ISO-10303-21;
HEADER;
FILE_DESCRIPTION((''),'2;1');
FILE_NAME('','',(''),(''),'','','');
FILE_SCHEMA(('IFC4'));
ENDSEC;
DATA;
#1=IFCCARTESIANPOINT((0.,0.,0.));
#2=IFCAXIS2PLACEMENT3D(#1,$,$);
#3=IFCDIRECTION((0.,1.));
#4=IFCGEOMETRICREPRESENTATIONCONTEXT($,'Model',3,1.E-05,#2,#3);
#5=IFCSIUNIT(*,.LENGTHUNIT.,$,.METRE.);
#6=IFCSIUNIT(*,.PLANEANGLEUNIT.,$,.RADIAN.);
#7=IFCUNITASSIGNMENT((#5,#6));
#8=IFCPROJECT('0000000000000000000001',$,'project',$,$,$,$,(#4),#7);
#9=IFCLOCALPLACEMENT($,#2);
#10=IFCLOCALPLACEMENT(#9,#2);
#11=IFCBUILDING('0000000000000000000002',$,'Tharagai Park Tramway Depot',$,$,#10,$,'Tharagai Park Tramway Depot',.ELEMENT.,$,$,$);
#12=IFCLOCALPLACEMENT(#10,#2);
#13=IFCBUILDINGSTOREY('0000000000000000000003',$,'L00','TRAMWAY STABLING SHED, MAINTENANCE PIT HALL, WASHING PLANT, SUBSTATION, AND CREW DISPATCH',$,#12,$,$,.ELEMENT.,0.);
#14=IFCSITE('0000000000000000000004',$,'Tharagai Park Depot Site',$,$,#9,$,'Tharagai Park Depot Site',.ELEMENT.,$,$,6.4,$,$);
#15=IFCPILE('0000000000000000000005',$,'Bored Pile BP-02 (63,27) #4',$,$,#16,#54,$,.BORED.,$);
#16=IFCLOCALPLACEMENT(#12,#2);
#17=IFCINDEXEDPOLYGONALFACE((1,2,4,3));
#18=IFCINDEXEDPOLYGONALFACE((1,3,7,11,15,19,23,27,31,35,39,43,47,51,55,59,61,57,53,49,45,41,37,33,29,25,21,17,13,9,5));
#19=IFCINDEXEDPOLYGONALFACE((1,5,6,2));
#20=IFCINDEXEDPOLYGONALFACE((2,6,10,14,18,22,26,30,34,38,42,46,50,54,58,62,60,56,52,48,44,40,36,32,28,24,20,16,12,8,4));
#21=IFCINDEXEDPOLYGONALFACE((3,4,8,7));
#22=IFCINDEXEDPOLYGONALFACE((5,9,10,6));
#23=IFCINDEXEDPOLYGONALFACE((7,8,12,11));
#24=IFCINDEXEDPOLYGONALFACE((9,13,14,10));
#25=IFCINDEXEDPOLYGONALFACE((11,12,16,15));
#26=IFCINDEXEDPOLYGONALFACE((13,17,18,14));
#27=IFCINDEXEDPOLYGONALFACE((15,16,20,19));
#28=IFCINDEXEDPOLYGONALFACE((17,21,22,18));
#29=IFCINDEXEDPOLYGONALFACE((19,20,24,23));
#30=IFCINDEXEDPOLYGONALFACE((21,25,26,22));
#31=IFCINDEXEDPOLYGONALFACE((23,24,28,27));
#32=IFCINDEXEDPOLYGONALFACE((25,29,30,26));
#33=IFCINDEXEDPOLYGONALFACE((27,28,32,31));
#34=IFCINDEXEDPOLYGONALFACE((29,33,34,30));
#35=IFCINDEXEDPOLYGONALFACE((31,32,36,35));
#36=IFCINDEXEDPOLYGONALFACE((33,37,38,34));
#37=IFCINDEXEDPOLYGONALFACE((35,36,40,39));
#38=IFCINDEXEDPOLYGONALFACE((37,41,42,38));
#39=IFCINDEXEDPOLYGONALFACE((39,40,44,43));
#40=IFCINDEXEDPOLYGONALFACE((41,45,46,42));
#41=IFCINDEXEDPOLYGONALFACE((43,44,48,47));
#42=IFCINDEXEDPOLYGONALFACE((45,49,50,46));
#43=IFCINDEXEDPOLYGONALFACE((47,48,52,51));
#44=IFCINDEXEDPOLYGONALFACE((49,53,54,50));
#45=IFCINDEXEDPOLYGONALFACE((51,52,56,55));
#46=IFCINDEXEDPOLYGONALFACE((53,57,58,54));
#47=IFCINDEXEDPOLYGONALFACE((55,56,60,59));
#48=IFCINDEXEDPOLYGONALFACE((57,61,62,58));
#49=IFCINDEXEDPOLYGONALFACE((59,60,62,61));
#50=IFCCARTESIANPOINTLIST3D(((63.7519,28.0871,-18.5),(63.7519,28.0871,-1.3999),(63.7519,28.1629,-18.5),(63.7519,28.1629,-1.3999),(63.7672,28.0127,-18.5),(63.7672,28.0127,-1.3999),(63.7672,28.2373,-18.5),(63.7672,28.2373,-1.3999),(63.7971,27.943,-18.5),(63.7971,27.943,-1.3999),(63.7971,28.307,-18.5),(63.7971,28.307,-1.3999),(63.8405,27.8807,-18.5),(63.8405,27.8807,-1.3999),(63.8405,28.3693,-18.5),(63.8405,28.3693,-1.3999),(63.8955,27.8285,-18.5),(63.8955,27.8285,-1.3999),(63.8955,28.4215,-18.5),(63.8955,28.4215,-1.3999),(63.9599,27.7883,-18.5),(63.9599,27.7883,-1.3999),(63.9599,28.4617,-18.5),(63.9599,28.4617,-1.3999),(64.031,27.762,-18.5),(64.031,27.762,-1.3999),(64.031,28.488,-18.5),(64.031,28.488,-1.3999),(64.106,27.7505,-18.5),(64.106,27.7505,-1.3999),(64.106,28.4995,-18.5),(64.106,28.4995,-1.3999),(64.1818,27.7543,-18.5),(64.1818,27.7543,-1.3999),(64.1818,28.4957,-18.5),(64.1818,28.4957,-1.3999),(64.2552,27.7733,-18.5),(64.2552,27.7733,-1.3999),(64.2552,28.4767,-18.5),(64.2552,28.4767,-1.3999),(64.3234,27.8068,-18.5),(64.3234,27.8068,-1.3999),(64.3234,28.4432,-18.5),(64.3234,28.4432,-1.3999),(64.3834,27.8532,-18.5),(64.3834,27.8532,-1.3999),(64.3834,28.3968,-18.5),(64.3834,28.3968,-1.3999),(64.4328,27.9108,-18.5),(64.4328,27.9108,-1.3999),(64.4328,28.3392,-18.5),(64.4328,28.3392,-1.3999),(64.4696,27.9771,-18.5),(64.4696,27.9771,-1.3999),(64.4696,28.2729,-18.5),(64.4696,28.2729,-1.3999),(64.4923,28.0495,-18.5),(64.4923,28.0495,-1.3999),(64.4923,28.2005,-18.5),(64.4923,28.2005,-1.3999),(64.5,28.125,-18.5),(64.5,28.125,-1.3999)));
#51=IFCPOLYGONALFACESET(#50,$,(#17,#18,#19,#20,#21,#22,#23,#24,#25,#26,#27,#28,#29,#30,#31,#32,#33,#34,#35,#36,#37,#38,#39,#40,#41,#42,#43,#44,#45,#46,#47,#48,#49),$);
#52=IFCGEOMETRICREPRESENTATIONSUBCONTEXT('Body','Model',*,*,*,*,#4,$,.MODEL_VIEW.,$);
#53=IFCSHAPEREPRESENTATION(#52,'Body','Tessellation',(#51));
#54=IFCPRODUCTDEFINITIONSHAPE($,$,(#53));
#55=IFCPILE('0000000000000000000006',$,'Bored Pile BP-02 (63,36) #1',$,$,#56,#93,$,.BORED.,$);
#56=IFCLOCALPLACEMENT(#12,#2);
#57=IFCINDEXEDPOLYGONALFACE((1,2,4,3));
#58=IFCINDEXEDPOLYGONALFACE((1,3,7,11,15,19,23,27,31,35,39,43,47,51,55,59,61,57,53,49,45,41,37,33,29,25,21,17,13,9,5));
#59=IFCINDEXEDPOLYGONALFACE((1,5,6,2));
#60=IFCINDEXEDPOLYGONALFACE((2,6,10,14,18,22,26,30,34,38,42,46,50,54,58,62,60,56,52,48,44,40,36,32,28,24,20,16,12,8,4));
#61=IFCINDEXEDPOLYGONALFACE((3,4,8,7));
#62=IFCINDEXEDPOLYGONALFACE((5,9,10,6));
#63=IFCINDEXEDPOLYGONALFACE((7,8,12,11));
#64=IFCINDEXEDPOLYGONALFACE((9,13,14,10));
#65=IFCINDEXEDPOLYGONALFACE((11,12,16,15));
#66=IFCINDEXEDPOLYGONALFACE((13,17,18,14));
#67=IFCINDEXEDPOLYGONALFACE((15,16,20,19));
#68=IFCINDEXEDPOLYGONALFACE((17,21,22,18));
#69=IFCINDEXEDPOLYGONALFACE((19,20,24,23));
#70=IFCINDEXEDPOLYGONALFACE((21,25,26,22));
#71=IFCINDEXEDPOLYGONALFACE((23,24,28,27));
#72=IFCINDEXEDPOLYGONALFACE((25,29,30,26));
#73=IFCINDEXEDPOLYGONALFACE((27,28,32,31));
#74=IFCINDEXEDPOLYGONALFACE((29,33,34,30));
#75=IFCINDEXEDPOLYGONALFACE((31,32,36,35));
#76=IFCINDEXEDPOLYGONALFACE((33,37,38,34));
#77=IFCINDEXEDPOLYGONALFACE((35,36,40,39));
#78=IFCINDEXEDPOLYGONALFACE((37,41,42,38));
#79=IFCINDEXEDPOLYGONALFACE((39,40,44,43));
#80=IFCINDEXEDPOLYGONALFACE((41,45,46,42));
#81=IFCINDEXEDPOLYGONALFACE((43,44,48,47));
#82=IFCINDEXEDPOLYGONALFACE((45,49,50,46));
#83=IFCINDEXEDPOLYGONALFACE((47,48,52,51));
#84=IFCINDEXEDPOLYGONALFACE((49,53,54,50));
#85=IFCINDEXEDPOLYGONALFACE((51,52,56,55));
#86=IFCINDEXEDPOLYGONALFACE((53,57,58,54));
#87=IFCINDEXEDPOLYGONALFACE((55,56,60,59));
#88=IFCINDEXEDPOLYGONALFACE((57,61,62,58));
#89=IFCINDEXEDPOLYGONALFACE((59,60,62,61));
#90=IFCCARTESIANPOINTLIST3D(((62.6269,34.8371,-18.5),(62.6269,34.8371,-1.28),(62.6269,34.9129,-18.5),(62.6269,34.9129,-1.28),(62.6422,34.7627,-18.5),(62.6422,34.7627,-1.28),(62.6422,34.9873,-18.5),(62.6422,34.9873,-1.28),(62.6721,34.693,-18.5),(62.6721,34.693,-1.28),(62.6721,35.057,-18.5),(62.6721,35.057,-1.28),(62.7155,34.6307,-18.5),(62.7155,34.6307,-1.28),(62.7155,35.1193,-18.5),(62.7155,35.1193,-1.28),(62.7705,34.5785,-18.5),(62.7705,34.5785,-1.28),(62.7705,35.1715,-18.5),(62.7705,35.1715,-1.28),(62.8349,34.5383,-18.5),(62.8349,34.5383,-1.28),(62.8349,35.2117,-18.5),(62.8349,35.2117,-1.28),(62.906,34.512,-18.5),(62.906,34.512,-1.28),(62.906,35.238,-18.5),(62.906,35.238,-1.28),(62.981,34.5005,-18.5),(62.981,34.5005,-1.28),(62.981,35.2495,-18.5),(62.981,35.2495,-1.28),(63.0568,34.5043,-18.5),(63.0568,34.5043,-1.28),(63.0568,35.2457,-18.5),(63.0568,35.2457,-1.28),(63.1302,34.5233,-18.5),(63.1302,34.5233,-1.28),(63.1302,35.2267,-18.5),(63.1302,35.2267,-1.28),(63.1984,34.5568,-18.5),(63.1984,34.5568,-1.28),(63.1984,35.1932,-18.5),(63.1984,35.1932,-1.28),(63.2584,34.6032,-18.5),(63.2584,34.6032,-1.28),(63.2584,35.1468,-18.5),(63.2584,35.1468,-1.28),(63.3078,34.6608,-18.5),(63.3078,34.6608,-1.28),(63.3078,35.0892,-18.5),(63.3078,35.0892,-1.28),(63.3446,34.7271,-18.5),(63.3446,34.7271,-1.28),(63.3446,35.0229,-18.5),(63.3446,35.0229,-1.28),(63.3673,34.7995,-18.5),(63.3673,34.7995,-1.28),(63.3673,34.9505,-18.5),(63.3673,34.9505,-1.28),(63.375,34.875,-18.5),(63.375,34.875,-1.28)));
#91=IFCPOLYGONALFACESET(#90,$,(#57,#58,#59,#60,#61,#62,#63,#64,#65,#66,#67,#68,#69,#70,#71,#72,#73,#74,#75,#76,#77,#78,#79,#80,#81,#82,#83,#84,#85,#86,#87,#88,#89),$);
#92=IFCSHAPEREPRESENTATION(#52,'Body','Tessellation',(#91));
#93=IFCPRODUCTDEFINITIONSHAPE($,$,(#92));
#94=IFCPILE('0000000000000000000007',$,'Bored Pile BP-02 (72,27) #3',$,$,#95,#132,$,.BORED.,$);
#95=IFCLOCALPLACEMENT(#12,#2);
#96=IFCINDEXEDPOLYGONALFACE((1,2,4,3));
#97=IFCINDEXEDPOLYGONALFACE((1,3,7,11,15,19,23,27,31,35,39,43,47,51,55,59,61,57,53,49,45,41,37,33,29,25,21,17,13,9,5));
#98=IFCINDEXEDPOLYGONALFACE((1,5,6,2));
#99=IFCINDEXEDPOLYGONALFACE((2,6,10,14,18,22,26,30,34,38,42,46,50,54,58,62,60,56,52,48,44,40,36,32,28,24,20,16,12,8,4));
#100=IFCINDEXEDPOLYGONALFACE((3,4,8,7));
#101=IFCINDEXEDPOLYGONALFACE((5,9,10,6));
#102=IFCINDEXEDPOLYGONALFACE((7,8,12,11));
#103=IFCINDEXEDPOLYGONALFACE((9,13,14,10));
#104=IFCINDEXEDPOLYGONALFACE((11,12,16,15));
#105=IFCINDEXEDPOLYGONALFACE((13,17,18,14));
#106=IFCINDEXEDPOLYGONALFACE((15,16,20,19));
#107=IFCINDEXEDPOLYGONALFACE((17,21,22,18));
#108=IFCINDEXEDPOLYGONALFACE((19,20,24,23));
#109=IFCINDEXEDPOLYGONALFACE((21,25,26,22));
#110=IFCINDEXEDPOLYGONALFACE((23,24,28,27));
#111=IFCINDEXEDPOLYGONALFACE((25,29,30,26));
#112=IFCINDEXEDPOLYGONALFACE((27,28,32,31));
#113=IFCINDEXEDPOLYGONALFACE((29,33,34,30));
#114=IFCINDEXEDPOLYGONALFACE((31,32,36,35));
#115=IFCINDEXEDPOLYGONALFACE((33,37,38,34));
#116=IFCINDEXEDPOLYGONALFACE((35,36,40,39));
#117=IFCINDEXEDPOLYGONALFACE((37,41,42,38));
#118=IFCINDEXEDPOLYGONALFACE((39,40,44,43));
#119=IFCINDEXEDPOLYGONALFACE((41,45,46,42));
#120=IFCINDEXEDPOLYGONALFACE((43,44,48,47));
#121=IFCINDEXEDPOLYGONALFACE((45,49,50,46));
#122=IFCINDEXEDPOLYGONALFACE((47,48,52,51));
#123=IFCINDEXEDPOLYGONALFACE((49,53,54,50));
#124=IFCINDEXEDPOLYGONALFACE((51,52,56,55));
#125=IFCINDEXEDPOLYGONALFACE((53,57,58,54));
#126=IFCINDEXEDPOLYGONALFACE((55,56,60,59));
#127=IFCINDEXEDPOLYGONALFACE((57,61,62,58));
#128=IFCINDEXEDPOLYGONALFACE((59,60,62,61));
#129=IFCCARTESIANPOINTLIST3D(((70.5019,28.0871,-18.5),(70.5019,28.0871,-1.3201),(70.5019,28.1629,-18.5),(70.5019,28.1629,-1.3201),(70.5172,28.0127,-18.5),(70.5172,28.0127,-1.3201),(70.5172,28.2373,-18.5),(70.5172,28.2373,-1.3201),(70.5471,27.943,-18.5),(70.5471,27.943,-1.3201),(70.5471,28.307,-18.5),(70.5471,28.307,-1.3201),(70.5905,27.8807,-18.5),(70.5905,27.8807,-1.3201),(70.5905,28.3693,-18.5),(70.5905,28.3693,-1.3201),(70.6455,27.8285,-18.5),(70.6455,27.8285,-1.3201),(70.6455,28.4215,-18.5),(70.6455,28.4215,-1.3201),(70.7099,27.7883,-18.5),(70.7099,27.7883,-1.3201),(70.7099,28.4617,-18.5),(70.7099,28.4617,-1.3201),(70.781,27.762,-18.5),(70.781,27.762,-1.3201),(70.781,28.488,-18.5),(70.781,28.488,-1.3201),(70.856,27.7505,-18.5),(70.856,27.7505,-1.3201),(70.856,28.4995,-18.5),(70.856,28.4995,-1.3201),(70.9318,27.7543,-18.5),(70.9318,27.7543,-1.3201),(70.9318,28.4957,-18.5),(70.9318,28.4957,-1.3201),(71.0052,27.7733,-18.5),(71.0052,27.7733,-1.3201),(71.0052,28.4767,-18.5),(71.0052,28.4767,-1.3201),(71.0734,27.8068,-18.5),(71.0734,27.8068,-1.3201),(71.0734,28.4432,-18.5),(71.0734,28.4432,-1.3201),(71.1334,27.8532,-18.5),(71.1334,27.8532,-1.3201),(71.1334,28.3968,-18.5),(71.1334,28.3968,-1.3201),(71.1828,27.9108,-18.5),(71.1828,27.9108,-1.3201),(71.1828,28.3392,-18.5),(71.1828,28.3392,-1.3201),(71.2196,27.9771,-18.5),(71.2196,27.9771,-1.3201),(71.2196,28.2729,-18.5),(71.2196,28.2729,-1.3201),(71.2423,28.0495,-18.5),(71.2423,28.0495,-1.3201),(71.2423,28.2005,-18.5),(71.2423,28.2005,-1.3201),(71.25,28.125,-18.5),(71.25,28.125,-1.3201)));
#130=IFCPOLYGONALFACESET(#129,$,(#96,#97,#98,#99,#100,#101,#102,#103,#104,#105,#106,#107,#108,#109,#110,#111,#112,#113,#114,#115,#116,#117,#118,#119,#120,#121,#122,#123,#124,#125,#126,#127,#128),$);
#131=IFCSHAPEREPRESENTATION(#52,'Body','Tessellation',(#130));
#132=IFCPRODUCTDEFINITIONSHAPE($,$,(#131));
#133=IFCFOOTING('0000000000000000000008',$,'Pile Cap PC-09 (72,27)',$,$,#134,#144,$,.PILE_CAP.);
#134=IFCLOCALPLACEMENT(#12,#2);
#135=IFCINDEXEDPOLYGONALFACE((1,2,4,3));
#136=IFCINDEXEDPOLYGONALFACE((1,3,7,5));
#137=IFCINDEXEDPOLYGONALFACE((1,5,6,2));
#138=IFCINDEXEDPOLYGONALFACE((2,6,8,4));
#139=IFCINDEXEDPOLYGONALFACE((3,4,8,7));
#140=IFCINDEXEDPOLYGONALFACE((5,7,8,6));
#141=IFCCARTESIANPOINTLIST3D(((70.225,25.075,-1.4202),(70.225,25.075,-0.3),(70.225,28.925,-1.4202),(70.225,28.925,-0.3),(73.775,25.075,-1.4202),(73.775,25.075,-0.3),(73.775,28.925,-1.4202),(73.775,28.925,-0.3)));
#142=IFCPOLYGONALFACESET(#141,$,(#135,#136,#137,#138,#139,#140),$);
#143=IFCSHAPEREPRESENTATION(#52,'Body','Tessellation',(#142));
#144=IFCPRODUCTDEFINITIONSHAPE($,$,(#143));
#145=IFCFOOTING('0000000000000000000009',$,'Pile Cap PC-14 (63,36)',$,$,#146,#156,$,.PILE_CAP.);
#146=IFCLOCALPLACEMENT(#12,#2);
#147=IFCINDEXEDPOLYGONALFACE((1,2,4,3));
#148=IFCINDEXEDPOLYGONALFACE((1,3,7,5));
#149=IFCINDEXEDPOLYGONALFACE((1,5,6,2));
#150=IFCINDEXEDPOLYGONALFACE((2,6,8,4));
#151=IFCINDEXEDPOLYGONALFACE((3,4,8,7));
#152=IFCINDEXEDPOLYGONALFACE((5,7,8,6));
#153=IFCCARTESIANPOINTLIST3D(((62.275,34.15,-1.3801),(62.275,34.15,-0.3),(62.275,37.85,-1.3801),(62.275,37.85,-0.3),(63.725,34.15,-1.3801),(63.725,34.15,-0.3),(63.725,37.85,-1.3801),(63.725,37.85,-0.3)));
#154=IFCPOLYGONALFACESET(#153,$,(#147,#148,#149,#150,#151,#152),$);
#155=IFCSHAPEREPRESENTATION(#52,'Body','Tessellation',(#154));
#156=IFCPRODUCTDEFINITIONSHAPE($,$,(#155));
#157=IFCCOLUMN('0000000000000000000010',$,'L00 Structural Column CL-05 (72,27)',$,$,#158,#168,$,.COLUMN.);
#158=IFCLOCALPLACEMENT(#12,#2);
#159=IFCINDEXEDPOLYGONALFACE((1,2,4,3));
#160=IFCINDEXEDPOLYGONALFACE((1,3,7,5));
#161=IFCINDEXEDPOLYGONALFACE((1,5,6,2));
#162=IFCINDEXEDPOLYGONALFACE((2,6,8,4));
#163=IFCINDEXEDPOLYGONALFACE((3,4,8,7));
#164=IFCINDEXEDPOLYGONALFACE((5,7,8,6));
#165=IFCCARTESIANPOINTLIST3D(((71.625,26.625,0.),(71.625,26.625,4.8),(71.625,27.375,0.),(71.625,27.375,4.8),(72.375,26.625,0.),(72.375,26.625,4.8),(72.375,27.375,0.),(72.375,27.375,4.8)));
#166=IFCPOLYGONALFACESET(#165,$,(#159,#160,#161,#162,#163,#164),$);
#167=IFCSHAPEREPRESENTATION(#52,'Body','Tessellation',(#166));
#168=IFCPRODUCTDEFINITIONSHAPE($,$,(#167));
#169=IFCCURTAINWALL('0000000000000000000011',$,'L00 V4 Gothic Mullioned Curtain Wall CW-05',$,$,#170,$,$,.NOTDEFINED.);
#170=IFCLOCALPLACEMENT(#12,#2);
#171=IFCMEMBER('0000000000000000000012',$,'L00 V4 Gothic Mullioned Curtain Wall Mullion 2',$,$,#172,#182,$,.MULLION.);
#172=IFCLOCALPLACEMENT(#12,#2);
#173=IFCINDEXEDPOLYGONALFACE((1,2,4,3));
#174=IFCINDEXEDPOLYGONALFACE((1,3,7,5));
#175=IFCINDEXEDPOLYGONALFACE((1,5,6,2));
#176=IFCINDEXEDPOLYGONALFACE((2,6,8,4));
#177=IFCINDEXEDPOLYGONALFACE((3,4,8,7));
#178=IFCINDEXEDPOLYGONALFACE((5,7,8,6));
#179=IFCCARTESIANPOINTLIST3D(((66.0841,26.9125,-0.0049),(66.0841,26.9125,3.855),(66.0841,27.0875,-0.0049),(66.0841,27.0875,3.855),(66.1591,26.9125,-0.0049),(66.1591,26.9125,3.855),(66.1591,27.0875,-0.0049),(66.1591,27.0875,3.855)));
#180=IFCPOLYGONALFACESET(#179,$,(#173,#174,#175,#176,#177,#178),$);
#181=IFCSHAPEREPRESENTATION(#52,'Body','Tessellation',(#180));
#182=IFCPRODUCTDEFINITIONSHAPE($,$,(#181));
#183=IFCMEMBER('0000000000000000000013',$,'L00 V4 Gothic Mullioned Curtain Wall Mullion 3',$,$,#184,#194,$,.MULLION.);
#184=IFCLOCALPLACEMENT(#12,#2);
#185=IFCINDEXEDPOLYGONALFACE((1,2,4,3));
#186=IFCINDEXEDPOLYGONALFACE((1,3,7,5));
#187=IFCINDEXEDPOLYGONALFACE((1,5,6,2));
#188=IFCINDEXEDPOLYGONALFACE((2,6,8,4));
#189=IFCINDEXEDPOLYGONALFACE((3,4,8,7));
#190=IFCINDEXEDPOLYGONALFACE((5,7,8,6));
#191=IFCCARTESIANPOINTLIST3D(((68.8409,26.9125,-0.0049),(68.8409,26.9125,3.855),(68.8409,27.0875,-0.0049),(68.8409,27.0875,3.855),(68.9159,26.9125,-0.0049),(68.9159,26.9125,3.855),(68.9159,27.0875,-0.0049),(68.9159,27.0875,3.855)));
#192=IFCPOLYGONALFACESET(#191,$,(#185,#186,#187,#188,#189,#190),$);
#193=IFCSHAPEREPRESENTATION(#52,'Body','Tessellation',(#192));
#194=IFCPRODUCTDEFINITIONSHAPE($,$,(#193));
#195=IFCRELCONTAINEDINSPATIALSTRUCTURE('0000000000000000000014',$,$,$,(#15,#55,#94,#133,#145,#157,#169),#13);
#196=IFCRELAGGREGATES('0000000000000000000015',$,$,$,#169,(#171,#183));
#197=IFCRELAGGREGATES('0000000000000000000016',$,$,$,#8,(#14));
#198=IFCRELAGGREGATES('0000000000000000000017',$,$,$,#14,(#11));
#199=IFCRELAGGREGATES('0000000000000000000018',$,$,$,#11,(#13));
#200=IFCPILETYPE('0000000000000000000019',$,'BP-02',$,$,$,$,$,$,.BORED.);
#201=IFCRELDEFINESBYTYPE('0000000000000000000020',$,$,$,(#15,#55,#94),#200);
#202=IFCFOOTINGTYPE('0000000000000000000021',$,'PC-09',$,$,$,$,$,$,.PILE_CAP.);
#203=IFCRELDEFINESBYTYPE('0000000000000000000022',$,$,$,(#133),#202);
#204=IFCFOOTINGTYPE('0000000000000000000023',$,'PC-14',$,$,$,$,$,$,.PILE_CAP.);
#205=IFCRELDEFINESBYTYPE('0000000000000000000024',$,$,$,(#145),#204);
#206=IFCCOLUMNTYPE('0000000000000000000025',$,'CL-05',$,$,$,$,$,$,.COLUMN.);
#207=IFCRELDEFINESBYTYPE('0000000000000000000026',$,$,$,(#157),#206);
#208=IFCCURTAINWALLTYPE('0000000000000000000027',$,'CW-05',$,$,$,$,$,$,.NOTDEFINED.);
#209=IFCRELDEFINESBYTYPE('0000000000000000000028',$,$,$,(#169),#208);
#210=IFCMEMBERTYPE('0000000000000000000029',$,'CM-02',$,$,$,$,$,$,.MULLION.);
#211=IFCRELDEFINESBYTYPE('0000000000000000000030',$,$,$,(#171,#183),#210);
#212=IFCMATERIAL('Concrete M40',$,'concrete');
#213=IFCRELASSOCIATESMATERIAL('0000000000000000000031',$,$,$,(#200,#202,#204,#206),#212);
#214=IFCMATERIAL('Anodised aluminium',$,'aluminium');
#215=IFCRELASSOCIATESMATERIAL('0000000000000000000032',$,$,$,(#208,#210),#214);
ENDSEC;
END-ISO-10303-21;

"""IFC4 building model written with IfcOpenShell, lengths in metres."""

from ifc_helpers import new_model, si_unit, direction, frame, origin, origin_2d, place, context, subcontext, project, spatial, rectangle, circle, extrude, material, material_profile, profile_set, type_object, element, aggregate, save


model = new_model("IFC4")

# Units and contexts
model_context = context("Model", 3, precision=1e-05, world=origin(), true_north=direction((0.0, 1.0)))
body_context = subcontext(model_context, "Body", "Model", "MODEL_VIEW")
ifc_project = project(units=[si_unit("LENGTHUNIT", "METRE"), si_unit("PLANEANGLEUNIT", "RADIAN")], contexts=[model_context])

# Site, building, storey
site_placement = place(None, origin())
site = spatial("IfcSite", under=ifc_project, at=site_placement, Name="Tharagai Park Depot Site", LongName="Tharagai Park Depot Site", CompositionType="ELEMENT", RefElevation=6.4)
building_placement = place(site_placement, origin())
building = spatial("IfcBuilding", under=site, at=building_placement, Name="Tharagai Park Tramway Depot", LongName="Tharagai Park Tramway Depot", CompositionType="ELEMENT")
storey_placement = place(building_placement, origin())
storey = spatial("IfcBuildingStorey", under=building, at=storey_placement, Name="L00", Description="TRAMWAY STABLING SHED, MAINTENANCE PIT HALL, WASHING PLANT, SUBSTATION, AND CREW DISPATCH", CompositionType="ELEMENT", Elevation=0.0)

# Piles
ifc_material_1 = material(Name="Concrete M40", Category="concrete")
ifc_material_profile_1 = material_profile(ifc_material_1, circle(Radius=0.375, at=origin_2d()), Name="PILE D750")
ifc_profile_set_1 = profile_set([ifc_material_profile_1], Name="Concrete M40")
pile_type = type_object("IfcPileType", Name="BP-02", PredefinedType="BORED", material=ifc_profile_set_1)
pile_1_placement = place(storey_placement, frame((64.125, 28.125, -1.3999), z_axis=(0.0, 0.0, -1.0), x_axis=(1.0, 0.0, 0.0)))
element("IfcPile", 1, at=pile_1_placement, inside=storey, type_object=pile_type, Name="Bored Pile BP-02 (63,27) #4", PredefinedType="BORED", context=body_context, shape_type="SweptSolid", body=[
    extrude(circle(Radius=0.375, at=origin_2d()), origin(), (0.0, 0.0, 1.0), 17.1001),
])
pile_2_placement = place(storey_placement, frame((63.0, 34.875, -1.28), z_axis=(0.0, 0.0, -1.0), x_axis=(1.0, 0.0, 0.0)))
element("IfcPile", 2, at=pile_2_placement, inside=storey, type_object=pile_type, Name="Bored Pile BP-02 (63,36) #1", PredefinedType="BORED", context=body_context, shape_type="SweptSolid", body=[
    extrude(circle(Radius=0.375, at=origin_2d()), origin(), (0.0, 0.0, 1.0), 17.22),
])
pile_3_placement = place(storey_placement, frame((70.875, 28.125, -1.3201), z_axis=(0.0, 0.0, -1.0), x_axis=(1.0, 0.0, 0.0)))
element("IfcPile", 3, at=pile_3_placement, inside=storey, type_object=pile_type, Name="Bored Pile BP-02 (72,27) #3", PredefinedType="BORED", context=body_context, shape_type="SweptSolid", body=[
    extrude(circle(Radius=0.375, at=origin_2d()), origin(), (0.0, 0.0, 1.0), 17.1799),
])

# Footings
footing_type_1 = type_object("IfcFootingType", Name="PC-09", PredefinedType="PILE_CAP", material=ifc_material_1)
footing_1_placement = place(storey_placement, frame((72.0, 27.0, -1.4202), z_axis=(0.0, 0.0, 1.0), x_axis=(1.0, 0.0, 0.0)))
element("IfcFooting", 4, at=footing_1_placement, inside=storey, type_object=footing_type_1, Name="Pile Cap PC-09 (72,27)", PredefinedType="PILE_CAP", context=body_context, shape_type="SweptSolid", body=[
    extrude(rectangle(XDim=3.55, YDim=3.8501, at=origin_2d()), origin(), (0.0, 0.0, 1.0), 1.1201),
])
footing_type_2 = type_object("IfcFootingType", Name="PC-14", PredefinedType="PILE_CAP", material=ifc_material_1)
footing_2_placement = place(storey_placement, frame((63.0, 36.0, -1.3801), z_axis=(0.0, 0.0, 1.0), x_axis=(1.0, 0.0, 0.0)))
element("IfcFooting", 5, at=footing_2_placement, inside=storey, type_object=footing_type_2, Name="Pile Cap PC-14 (63,36)", PredefinedType="PILE_CAP", context=body_context, shape_type="SweptSolid", body=[
    extrude(rectangle(XDim=1.45, YDim=3.7, at=origin_2d()), origin(), (0.0, 0.0, 1.0), 1.0801),
])

# Column
ifc_material_profile_2 = material_profile(ifc_material_1, rectangle(XDim=0.75, YDim=0.75, at=origin_2d()), Name="RC 750x750")
ifc_profile_set_2 = profile_set([ifc_material_profile_2], Name="Concrete M40")
column_type = type_object("IfcColumnType", Name="CL-05", PredefinedType="COLUMN", material=ifc_profile_set_2)
column_placement = place(storey_placement, frame((72.0, 27.0, 0.0), z_axis=(0.0, 0.0, 1.0), x_axis=(1.0, 0.0, 0.0)))
element("IfcColumn", 6, at=column_placement, inside=storey, type_object=column_type, Name="L00 Structural Column CL-05 (72,27)", PredefinedType="COLUMN", context=body_context, shape_type="SweptSolid", body=[
    extrude(rectangle(XDim=0.75, YDim=0.75, at=origin_2d()), origin(), (0.0, 0.0, 1.0), 4.8),
])

# Curtain wall, members
ifc_material_2 = material(Name="Anodised aluminium", Category="aluminium")
curtain_wall_type = type_object("IfcCurtainWallType", Name="CW-05", PredefinedType="NOTDEFINED", material=ifc_material_2)
curtain_wall_placement = place(storey_placement, origin())
curtain_wall = element("IfcCurtainWall", 7, at=curtain_wall_placement, inside=storey, type_object=curtain_wall_type, Name="L00 V4 Gothic Mullioned Curtain Wall CW-05", PredefinedType="NOTDEFINED")
ifc_material_profile_3 = material_profile(ifc_material_2, rectangle(XDim=0.075, YDim=0.175, at=origin_2d()), Name="ALU 75x175")
ifc_profile_set_3 = profile_set([ifc_material_profile_3], Name="Anodised aluminium")
member_type_1 = type_object("IfcMemberType", Name="CM-02", PredefinedType="MULLION", material=ifc_profile_set_3)
member_1_placement = place(storey_placement, frame((66.1216, 27.0, -0.0049), z_axis=(0.0, 0.0, 1.0), x_axis=(1.0, 0.0, 0.0)))
member_1 = element("IfcMember", 8, at=member_1_placement, type_object=member_type_1, Name="L00 V4 Gothic Mullioned Curtain Wall Mullion 2", PredefinedType="MULLION", context=body_context, shape_type="SweptSolid", body=[
    extrude(rectangle(XDim=0.075, YDim=0.175, at=origin_2d()), origin(), (0.0, 0.0, 1.0), 3.8599),
])
member_2_placement = place(storey_placement, frame((68.8784, 27.0, -0.0049), z_axis=(0.0, 0.0, 1.0), x_axis=(1.0, 0.0, 0.0)))
member_2 = element("IfcMember", 9, at=member_2_placement, type_object=member_type_1, Name="L00 V4 Gothic Mullioned Curtain Wall Mullion 3", PredefinedType="MULLION", context=body_context, shape_type="SweptSolid", body=[
    extrude(rectangle(XDim=0.075, YDim=0.175, at=origin_2d()), origin(), (0.0, 0.0, 1.0), 3.8599),
])
aggregate(curtain_wall, [member_1, member_2])

save(model, "model.ifc")
